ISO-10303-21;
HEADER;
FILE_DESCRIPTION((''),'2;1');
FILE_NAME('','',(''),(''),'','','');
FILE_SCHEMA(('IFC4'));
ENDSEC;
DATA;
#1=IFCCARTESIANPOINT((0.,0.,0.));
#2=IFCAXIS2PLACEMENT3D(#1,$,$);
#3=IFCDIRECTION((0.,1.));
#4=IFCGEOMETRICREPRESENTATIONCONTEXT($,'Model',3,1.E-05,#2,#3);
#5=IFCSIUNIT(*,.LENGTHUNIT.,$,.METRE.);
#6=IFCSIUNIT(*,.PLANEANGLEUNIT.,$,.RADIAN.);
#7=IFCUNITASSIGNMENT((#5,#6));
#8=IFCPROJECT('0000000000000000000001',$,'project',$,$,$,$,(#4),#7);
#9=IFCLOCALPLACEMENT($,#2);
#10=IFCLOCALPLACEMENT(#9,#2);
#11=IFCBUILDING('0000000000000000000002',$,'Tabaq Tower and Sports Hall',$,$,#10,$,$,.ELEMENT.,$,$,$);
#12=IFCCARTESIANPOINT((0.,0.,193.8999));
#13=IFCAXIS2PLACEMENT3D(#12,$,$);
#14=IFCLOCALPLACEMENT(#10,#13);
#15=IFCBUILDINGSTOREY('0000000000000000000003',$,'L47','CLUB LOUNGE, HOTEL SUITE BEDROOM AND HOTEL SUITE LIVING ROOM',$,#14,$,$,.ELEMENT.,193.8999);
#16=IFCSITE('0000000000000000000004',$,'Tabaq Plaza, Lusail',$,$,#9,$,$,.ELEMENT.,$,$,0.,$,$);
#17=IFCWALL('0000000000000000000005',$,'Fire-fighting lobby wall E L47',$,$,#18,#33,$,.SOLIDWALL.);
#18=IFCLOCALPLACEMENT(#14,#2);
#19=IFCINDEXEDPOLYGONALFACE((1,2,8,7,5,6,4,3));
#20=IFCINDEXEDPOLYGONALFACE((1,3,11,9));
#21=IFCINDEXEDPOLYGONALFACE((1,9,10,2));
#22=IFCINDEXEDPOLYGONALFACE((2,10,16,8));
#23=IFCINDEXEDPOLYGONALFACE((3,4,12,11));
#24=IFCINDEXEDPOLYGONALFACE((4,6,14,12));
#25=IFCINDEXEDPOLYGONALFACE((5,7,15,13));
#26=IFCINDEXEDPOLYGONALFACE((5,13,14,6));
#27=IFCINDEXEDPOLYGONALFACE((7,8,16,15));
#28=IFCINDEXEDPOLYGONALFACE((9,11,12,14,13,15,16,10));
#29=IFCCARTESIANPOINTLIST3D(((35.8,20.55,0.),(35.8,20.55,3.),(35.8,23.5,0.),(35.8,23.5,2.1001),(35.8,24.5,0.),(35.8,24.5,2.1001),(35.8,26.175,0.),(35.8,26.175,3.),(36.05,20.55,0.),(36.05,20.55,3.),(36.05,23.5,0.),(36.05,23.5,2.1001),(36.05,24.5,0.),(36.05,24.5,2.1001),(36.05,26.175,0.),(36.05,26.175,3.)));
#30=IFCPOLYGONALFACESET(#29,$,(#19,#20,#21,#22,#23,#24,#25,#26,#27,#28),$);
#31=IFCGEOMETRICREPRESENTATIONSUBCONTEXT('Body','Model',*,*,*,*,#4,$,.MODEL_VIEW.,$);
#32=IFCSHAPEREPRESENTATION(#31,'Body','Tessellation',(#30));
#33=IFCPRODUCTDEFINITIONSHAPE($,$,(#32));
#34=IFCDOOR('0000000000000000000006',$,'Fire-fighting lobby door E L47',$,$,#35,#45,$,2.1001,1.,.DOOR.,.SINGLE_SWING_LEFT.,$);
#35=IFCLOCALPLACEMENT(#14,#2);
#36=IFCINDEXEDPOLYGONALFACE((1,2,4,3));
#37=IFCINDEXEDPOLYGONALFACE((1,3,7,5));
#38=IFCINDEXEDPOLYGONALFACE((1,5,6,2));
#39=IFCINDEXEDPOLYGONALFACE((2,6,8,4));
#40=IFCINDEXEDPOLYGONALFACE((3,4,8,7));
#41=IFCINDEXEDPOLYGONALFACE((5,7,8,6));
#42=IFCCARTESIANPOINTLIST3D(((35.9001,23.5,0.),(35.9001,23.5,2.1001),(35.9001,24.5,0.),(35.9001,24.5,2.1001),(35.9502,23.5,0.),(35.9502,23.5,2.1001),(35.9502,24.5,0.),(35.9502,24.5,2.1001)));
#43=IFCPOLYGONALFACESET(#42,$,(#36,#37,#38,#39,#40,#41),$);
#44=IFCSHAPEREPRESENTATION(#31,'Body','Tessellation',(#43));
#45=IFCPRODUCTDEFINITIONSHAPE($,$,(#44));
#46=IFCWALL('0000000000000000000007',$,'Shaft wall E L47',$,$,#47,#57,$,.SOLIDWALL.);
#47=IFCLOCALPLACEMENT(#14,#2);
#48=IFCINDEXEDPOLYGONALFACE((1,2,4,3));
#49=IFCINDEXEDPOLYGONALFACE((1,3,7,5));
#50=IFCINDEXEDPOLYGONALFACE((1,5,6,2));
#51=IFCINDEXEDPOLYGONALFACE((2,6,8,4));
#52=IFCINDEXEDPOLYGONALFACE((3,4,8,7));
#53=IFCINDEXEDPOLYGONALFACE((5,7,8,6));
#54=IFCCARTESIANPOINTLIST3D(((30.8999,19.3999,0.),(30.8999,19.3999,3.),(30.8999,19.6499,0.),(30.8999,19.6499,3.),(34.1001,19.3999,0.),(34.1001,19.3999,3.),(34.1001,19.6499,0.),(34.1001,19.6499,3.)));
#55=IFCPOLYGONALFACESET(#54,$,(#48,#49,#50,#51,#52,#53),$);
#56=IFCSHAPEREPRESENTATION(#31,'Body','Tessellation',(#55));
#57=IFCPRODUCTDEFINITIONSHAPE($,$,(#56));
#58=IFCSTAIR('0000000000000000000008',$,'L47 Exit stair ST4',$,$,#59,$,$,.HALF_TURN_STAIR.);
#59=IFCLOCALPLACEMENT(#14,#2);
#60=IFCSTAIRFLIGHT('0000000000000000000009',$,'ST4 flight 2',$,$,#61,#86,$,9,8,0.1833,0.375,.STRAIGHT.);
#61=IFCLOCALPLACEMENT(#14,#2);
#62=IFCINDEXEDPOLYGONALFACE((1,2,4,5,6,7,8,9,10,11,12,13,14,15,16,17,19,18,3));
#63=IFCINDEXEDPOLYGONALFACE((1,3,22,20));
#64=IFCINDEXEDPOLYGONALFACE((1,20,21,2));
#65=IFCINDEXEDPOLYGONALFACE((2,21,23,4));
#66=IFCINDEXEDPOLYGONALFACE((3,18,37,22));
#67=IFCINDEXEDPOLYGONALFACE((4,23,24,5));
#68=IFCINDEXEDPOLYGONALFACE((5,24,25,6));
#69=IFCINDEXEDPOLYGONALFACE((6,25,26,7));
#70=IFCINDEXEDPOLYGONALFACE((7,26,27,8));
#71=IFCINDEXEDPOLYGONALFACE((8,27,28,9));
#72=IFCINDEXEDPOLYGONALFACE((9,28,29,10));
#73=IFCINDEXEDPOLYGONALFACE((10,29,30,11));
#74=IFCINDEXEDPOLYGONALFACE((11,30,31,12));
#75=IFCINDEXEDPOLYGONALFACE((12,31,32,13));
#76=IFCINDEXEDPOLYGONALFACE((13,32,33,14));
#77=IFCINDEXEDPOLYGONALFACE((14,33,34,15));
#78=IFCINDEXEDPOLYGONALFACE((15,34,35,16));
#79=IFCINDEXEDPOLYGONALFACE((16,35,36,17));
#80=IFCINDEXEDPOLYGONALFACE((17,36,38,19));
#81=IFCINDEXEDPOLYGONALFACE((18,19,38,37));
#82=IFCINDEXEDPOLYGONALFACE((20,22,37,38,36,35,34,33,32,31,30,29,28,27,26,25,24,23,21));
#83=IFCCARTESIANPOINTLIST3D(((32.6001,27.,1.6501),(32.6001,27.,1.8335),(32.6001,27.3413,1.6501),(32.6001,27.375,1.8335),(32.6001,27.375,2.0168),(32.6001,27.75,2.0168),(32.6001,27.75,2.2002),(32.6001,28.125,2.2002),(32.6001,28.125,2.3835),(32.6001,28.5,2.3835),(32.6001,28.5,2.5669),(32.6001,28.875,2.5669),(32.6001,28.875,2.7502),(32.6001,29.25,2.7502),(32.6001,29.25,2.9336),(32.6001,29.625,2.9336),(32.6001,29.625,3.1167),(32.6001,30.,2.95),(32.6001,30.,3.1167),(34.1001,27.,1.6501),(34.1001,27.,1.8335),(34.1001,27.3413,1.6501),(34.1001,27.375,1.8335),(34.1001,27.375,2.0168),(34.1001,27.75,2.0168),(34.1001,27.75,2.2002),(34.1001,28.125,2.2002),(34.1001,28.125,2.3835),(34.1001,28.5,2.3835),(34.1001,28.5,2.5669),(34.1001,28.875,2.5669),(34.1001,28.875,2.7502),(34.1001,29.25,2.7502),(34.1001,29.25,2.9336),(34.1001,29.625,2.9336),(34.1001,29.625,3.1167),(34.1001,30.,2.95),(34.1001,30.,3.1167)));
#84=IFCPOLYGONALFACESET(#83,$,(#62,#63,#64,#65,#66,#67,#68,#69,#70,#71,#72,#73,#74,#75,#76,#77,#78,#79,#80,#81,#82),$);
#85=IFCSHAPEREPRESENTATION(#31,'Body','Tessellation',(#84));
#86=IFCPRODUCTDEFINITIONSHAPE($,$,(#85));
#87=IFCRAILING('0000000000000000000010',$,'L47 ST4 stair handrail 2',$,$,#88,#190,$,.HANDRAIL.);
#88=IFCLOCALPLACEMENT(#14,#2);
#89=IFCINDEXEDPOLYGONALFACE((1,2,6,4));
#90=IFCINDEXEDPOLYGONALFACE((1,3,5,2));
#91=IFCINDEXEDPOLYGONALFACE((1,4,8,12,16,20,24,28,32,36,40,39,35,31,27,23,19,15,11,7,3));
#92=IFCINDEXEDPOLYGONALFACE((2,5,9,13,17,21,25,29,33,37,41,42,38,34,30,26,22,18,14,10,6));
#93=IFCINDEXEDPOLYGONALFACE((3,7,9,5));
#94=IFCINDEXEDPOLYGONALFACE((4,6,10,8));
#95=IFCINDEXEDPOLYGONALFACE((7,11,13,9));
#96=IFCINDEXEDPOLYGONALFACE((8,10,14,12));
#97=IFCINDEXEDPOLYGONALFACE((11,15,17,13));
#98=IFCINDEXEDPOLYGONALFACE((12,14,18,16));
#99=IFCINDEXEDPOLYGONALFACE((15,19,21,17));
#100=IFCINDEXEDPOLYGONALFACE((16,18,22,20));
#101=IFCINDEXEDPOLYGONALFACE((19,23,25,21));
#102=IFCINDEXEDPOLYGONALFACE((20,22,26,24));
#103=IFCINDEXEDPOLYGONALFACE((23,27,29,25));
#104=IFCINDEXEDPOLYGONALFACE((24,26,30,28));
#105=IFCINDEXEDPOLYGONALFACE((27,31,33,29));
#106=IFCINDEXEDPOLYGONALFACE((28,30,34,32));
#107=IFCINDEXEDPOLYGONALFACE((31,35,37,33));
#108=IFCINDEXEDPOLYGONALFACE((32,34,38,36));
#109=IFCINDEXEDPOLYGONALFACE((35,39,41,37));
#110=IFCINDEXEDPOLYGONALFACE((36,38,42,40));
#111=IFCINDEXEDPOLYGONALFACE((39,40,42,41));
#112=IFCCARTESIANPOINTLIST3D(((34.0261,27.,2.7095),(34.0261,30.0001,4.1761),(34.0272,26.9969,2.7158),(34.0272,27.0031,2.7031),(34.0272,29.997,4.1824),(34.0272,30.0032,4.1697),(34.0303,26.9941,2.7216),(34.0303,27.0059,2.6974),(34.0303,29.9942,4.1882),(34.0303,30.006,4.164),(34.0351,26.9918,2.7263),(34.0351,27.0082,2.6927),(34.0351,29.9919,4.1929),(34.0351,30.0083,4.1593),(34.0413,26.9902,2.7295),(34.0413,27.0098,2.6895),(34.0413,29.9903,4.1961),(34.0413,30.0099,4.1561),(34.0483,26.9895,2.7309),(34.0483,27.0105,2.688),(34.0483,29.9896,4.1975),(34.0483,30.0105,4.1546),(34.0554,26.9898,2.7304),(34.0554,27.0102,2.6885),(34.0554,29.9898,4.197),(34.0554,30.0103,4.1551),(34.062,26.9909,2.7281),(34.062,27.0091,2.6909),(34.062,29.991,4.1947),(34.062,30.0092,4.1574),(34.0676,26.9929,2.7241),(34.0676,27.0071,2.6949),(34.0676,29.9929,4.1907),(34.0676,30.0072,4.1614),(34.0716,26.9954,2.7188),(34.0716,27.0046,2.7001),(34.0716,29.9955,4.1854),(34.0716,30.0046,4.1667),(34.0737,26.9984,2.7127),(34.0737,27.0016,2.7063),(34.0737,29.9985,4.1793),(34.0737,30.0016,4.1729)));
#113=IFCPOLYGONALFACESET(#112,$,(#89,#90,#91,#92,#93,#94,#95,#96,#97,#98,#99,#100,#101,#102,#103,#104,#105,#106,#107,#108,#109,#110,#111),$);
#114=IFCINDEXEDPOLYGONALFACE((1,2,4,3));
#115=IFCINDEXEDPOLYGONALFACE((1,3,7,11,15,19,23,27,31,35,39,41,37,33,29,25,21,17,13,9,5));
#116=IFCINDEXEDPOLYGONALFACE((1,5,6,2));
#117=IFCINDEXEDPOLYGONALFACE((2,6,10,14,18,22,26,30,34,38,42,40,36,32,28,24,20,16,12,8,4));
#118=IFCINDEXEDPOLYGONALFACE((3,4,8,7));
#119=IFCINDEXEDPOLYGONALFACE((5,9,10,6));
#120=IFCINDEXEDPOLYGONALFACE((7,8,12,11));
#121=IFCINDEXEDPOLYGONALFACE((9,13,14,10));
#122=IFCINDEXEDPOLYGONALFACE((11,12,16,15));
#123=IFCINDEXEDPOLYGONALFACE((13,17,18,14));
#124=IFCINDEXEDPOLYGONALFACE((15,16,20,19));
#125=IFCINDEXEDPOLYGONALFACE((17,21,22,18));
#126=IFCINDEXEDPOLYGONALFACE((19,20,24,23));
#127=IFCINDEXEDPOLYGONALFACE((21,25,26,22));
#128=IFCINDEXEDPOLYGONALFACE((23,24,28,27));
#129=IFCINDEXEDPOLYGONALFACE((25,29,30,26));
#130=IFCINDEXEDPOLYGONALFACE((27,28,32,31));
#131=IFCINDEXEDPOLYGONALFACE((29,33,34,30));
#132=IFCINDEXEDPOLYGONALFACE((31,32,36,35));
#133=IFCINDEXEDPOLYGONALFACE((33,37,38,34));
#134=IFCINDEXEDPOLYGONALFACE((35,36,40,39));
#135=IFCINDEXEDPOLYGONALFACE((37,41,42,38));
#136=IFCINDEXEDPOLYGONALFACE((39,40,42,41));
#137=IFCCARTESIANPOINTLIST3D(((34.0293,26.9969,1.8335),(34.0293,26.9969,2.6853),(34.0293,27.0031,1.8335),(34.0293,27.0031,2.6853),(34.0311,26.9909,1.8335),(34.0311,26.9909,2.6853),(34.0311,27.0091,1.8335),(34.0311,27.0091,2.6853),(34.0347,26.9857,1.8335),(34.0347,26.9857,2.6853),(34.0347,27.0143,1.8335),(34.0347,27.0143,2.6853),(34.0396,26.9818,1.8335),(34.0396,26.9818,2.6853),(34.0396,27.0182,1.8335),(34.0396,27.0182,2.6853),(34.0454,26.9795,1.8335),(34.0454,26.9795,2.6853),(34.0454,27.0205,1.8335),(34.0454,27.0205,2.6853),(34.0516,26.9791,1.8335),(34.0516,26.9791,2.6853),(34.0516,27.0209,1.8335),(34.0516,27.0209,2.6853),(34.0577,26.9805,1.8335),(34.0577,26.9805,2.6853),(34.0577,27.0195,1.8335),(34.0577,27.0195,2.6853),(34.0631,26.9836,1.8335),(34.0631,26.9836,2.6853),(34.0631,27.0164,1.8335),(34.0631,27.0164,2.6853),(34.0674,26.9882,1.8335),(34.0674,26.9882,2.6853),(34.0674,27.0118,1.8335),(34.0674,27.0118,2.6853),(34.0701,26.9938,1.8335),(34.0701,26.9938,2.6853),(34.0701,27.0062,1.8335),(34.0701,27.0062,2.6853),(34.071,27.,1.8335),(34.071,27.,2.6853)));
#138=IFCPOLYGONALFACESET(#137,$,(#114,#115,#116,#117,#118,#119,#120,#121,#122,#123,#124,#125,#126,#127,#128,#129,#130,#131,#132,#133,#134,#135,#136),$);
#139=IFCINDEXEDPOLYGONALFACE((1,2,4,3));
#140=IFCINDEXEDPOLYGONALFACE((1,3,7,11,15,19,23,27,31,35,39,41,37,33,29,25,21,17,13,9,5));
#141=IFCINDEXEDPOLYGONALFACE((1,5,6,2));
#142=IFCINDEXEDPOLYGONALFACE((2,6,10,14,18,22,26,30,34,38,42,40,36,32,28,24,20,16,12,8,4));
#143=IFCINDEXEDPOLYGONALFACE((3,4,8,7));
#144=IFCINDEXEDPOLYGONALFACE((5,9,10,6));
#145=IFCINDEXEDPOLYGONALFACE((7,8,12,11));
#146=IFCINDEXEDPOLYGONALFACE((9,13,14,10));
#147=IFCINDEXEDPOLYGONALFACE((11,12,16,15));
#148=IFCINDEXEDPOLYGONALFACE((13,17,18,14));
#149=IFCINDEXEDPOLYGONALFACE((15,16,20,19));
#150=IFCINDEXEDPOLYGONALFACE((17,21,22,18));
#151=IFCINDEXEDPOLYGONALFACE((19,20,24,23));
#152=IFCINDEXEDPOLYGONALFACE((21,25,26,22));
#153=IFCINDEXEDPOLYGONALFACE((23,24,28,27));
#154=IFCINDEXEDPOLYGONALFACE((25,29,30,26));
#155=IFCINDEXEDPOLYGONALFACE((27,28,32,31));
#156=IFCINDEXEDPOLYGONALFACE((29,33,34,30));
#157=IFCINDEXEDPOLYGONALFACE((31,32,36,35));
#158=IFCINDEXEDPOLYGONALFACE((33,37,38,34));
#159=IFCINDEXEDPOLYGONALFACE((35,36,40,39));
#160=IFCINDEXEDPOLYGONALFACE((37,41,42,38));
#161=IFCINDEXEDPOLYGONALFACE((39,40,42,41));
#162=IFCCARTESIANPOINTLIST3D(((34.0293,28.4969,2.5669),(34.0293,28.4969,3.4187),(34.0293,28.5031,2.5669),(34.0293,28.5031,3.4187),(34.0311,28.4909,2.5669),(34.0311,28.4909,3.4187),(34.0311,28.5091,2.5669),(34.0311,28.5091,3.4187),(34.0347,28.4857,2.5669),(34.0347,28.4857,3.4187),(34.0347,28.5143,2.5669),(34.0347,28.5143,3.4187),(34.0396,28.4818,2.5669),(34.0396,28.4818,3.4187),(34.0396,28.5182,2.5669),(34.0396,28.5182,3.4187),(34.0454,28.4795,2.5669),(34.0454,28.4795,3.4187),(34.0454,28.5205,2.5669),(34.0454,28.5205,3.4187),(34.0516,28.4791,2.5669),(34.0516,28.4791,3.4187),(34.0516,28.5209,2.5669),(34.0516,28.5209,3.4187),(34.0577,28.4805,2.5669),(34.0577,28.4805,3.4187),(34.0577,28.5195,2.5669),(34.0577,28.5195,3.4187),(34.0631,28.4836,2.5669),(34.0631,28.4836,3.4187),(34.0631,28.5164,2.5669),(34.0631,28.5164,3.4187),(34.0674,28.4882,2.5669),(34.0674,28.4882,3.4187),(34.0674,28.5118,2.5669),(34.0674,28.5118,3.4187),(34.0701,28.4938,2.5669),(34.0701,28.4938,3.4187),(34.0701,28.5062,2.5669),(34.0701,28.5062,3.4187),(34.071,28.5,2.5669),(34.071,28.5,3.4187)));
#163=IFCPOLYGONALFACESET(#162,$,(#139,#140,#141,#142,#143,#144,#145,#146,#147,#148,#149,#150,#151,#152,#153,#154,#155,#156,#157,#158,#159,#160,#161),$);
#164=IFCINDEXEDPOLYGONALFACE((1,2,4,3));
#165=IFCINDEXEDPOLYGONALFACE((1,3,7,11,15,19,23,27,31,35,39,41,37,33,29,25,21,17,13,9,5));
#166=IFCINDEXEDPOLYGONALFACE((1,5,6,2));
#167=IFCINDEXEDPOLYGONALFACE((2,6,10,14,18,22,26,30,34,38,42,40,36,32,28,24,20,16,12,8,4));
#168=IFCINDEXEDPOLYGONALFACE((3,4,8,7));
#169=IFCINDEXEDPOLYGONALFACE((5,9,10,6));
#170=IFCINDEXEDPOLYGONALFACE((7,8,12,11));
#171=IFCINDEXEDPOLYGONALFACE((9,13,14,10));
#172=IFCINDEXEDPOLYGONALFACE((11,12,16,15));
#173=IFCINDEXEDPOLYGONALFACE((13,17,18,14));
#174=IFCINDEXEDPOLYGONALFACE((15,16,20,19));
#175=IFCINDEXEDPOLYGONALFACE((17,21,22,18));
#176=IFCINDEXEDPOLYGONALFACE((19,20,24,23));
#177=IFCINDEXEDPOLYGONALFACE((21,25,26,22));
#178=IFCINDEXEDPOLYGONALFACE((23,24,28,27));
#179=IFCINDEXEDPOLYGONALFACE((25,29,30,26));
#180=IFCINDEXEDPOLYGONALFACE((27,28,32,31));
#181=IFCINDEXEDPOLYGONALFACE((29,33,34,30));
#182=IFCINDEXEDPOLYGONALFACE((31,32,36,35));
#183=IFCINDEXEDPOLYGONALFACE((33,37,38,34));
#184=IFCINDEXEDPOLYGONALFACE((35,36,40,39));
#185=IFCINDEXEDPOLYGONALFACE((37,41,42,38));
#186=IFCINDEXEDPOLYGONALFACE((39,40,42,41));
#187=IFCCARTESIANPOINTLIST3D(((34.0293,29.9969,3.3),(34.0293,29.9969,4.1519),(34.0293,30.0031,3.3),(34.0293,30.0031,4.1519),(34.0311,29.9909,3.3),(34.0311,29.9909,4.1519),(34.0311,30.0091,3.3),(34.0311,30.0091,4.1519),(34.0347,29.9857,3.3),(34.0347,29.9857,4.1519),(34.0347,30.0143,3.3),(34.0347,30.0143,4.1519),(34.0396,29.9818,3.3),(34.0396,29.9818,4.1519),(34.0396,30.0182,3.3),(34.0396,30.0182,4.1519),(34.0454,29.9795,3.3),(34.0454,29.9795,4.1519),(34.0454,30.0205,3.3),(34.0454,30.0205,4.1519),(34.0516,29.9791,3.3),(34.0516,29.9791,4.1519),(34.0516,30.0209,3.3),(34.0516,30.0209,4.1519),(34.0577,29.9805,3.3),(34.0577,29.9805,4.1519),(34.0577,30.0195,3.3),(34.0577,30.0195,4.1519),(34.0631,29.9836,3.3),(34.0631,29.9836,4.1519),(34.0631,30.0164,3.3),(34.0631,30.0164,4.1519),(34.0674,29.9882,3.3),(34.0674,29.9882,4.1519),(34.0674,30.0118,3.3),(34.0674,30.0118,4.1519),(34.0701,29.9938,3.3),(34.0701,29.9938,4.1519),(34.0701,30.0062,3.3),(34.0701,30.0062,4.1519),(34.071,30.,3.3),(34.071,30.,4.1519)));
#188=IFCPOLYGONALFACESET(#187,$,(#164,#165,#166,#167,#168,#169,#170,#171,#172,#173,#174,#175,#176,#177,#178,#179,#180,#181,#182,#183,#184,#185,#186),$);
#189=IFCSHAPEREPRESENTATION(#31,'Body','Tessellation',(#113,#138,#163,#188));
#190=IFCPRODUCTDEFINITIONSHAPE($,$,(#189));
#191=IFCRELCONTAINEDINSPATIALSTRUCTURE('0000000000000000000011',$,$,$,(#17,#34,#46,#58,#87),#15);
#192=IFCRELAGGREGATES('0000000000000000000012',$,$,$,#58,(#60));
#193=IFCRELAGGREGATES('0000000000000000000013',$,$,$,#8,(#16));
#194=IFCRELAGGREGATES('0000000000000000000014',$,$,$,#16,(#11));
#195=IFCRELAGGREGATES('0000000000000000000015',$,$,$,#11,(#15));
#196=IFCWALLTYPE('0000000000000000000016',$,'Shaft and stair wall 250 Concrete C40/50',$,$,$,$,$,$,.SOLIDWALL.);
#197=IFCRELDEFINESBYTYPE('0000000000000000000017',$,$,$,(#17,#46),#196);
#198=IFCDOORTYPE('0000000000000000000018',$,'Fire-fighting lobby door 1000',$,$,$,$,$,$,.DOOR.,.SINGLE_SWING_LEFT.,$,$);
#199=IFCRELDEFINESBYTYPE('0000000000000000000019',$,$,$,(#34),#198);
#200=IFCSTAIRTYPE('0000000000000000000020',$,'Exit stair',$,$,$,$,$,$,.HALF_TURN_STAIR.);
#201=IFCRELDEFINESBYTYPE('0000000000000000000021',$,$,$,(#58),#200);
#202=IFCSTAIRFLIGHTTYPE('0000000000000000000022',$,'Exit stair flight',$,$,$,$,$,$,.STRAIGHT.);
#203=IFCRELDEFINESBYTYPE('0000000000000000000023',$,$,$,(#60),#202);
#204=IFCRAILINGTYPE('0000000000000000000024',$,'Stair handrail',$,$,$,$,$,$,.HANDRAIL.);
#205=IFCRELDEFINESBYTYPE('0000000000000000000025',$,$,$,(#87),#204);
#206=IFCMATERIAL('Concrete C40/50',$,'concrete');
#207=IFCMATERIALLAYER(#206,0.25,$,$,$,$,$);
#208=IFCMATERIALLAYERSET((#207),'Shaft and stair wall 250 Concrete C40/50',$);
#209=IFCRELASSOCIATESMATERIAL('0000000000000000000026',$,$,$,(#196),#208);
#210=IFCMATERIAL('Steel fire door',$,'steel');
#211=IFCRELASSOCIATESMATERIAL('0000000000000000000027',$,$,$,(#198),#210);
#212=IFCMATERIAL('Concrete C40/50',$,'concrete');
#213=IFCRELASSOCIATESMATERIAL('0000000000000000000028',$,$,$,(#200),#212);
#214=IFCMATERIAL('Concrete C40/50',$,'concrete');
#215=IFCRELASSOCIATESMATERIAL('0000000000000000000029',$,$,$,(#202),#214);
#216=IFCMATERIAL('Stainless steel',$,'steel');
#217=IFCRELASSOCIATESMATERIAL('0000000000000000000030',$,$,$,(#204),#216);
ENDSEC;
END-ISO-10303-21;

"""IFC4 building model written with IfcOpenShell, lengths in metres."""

from ifc_helpers import new_model, si_unit, direction, frame, frame_2d, origin, origin_2d, place, context, subcontext, project, spatial, polyline, rectangle, circle, outline, extrude, material, layer, layer_set, type_object, element, fill, aggregate, save


model = new_model("IFC4")

# Units and contexts
model_context = context("Model", 3, precision=1e-05, world=origin(), true_north=direction((0.0, 1.0)))
body_context = subcontext(model_context, "Body", "Model", "MODEL_VIEW")
ifc_project = project(units=[si_unit("LENGTHUNIT", "METRE"), si_unit("PLANEANGLEUNIT", "RADIAN")], contexts=[model_context])

# Site, building, storey
site_placement = place(None, origin())
site = spatial("IfcSite", under=ifc_project, at=site_placement, Name="Tabaq Plaza, Lusail", CompositionType="ELEMENT", RefElevation=0.0)
building_placement = place(site_placement, origin())
building = spatial("IfcBuilding", under=site, at=building_placement, Name="Tabaq Tower and Sports Hall", CompositionType="ELEMENT")
storey_placement = place(building_placement, frame((0.0, 0.0, 193.8999)))
storey = spatial("IfcBuildingStorey", under=building, at=storey_placement, Name="L47", Description="CLUB LOUNGE, HOTEL SUITE BEDROOM AND HOTEL SUITE LIVING ROOM", CompositionType="ELEMENT", Elevation=193.8999)

# Shared definitions
ifc_material_1 = material(Name="Concrete C40/50", Category="concrete")
ifc_layer_1 = layer(ifc_material_1, 0.25)
ifc_layer_set_1 = layer_set([ifc_layer_1], Name="Shaft and stair wall 250 Concrete C40/50")
wall_type_1 = type_object("IfcWallType", Name="Shaft and stair wall 250 Concrete C40/50", PredefinedType="SOLIDWALL", material=ifc_layer_set_1)

# Wall, opening, door
wall_1_placement = place(storey_placement, frame((35.925, 20.55, 0.0), z_axis=(0.0, 0.0, 1.0), x_axis=(0.0, 1.0, 0.0)))
wall_1 = element("IfcWall", 1, at=wall_1_placement, inside=storey, type_object=wall_type_1, Name="Fire-fighting lobby wall E L47", PredefinedType="SOLIDWALL", context=body_context, shape_type="SweptSolid", body=[
    extrude(rectangle(XDim=5.625, YDim=0.25, at=frame_2d((2.8125, 0.0))), origin(), (0.0, 0.0, 1.0), 3.0),
])
opening_1_placement = place(wall_1_placement, frame((2.95, 0.0, 0.0)))
opening_1 = element("IfcOpeningElement", 2, at=opening_1_placement, cuts=wall_1, PredefinedType="OPENING", context=body_context, shape_type="SweptSolid", body=[
    extrude(rectangle(XDim=1.0, YDim=2.1001, at=frame_2d((0.5, 1.05))), frame((0.0, 0.125, 0.0), z_axis=(0.0, -1.0, 0.0), x_axis=(1.0, 0.0, 0.0)), (0.0, 0.0, 1.0), 0.25),
])
ifc_material_2 = material(Name="Steel fire door", Category="steel")
door_type_1 = type_object("IfcDoorType", Name="Fire-fighting lobby door 1000", OperationType="SINGLE_SWING_LEFT", PredefinedType="DOOR", material=ifc_material_2)
door_1_placement = place(opening_1_placement, origin())
door_1 = element("IfcDoor", 3, at=door_1_placement, inside=storey, type_object=door_type_1, Name="Fire-fighting lobby door E L47", OperationType="SINGLE_SWING_LEFT", OverallHeight=2.1001, OverallWidth=1.0, PredefinedType="DOOR", context=body_context, shape_type="SweptSolid", body=[
    extrude(rectangle(XDim=1.0, YDim=2.1001, at=frame_2d((0.5, 1.05))), frame((0.0, 0.0249, 0.0), z_axis=(0.0, -1.0, 0.0), x_axis=(1.0, 0.0, 0.0)), (0.0, 0.0, 1.0), 0.05),
])
fill(opening_1, door_1)

# Wall
wall_2_placement = place(storey_placement, frame((30.8999, 19.5249, 0.0), z_axis=(0.0, 0.0, 1.0), x_axis=(1.0, 0.0, 0.0)))
element("IfcWall", 4, at=wall_2_placement, inside=storey, type_object=wall_type_1, Name="Shaft wall E L47", PredefinedType="SOLIDWALL", context=body_context, shape_type="SweptSolid", body=[
    extrude(rectangle(XDim=3.2002, YDim=0.25, at=frame_2d((1.6001, 0.0))), origin(), (0.0, 0.0, 1.0), 3.0),
])

# Stair, stair flight
ifc_material_3 = material(Name="Concrete C40/50", Category="concrete")
stair_type = type_object("IfcStairType", Name="Exit stair", PredefinedType="HALF_TURN_STAIR", material=ifc_material_3)
stair_placement = place(storey_placement, origin())
stair = element("IfcStair", 5, at=stair_placement, inside=storey, type_object=stair_type, Name="L47 Exit stair ST4", PredefinedType="HALF_TURN_STAIR")
ifc_material_4 = material(Name="Concrete C40/50", Category="concrete")
stair_flight_type = type_object("IfcStairFlightType", Name="Exit stair flight", PredefinedType="STRAIGHT", material=ifc_material_4)
stair_flight_placement = place(storey_placement, frame((33.3501, 27.0, 1.6501), z_axis=(0.0, 0.0, 1.0), x_axis=(0.0, 1.0, 0.0)))
stair_flight = element("IfcStairFlight", 6, at=stair_flight_placement, type_object=stair_flight_type, Name="ST4 flight 2", NumberOfRisers=9, NumberOfTreads=8, PredefinedType="STRAIGHT", RiserHeight=0.1833, TreadLength=0.375, context=body_context, shape_type="SweptSolid", body=[
    extrude(outline(polyline([(0.0, 0.0), (0.0, 0.1833), (0.375, 0.1833), (0.375, 0.3667), (0.75, 0.3667), (0.75, 0.55), (1.125, 0.55), (1.125, 0.7334), (1.5, 0.7334), (1.5, 0.9167), (1.875, 0.9167), (1.875, 1.1001), (2.25, 1.1001), (2.25, 1.2834), (2.625, 1.2834), (2.625, 1.4666), (3.0, 1.4666), (3.0, 1.6499), (3.0, 1.2998), (0.3413, 0.0), (0.0, 0.0)])), frame((0.0, 0.75, 0.0), z_axis=(0.0, -1.0, 0.0), x_axis=(1.0, 0.0, 0.0)), (0.0, 0.0, 1.0), 1.5),
])
aggregate(stair, [stair_flight])

# Railing
ifc_material_5 = material(Name="Stainless steel", Category="steel")
railing_type = type_object("IfcRailingType", Name="Stair handrail", PredefinedType="HANDRAIL", material=ifc_material_5)
railing_placement = place(storey_placement, frame((34.05, 27.0, 1.8335)))
element("IfcRailing", 7, at=railing_placement, inside=storey, type_object=railing_type, Name="L47 ST4 stair handrail 2", PredefinedType="HANDRAIL", context=body_context, shape_type="SweptSolid", body=[
    extrude(circle(Radius=0.0239, at=origin_2d()), frame((0.0, 0.0, 0.876), z_axis=(0.0, 0.898398, 0.439183), x_axis=(-1.0, 0.0, 0.0)), (0.0, 0.0, 1.0), 3.3394),
    extrude(circle(Radius=0.021, at=origin_2d()), origin(), (0.0, 0.0, 1.0), 0.8518),
    extrude(circle(Radius=0.021, at=origin_2d()), frame((0.0, 1.5, 0.7334)), (0.0, 0.0, 1.0), 0.8518),
    extrude(circle(Radius=0.021, at=origin_2d()), frame((0.0, 3.0, 1.4666)), (0.0, 0.0, 1.0), 0.8518),
])

save(model, "model.ifc")
